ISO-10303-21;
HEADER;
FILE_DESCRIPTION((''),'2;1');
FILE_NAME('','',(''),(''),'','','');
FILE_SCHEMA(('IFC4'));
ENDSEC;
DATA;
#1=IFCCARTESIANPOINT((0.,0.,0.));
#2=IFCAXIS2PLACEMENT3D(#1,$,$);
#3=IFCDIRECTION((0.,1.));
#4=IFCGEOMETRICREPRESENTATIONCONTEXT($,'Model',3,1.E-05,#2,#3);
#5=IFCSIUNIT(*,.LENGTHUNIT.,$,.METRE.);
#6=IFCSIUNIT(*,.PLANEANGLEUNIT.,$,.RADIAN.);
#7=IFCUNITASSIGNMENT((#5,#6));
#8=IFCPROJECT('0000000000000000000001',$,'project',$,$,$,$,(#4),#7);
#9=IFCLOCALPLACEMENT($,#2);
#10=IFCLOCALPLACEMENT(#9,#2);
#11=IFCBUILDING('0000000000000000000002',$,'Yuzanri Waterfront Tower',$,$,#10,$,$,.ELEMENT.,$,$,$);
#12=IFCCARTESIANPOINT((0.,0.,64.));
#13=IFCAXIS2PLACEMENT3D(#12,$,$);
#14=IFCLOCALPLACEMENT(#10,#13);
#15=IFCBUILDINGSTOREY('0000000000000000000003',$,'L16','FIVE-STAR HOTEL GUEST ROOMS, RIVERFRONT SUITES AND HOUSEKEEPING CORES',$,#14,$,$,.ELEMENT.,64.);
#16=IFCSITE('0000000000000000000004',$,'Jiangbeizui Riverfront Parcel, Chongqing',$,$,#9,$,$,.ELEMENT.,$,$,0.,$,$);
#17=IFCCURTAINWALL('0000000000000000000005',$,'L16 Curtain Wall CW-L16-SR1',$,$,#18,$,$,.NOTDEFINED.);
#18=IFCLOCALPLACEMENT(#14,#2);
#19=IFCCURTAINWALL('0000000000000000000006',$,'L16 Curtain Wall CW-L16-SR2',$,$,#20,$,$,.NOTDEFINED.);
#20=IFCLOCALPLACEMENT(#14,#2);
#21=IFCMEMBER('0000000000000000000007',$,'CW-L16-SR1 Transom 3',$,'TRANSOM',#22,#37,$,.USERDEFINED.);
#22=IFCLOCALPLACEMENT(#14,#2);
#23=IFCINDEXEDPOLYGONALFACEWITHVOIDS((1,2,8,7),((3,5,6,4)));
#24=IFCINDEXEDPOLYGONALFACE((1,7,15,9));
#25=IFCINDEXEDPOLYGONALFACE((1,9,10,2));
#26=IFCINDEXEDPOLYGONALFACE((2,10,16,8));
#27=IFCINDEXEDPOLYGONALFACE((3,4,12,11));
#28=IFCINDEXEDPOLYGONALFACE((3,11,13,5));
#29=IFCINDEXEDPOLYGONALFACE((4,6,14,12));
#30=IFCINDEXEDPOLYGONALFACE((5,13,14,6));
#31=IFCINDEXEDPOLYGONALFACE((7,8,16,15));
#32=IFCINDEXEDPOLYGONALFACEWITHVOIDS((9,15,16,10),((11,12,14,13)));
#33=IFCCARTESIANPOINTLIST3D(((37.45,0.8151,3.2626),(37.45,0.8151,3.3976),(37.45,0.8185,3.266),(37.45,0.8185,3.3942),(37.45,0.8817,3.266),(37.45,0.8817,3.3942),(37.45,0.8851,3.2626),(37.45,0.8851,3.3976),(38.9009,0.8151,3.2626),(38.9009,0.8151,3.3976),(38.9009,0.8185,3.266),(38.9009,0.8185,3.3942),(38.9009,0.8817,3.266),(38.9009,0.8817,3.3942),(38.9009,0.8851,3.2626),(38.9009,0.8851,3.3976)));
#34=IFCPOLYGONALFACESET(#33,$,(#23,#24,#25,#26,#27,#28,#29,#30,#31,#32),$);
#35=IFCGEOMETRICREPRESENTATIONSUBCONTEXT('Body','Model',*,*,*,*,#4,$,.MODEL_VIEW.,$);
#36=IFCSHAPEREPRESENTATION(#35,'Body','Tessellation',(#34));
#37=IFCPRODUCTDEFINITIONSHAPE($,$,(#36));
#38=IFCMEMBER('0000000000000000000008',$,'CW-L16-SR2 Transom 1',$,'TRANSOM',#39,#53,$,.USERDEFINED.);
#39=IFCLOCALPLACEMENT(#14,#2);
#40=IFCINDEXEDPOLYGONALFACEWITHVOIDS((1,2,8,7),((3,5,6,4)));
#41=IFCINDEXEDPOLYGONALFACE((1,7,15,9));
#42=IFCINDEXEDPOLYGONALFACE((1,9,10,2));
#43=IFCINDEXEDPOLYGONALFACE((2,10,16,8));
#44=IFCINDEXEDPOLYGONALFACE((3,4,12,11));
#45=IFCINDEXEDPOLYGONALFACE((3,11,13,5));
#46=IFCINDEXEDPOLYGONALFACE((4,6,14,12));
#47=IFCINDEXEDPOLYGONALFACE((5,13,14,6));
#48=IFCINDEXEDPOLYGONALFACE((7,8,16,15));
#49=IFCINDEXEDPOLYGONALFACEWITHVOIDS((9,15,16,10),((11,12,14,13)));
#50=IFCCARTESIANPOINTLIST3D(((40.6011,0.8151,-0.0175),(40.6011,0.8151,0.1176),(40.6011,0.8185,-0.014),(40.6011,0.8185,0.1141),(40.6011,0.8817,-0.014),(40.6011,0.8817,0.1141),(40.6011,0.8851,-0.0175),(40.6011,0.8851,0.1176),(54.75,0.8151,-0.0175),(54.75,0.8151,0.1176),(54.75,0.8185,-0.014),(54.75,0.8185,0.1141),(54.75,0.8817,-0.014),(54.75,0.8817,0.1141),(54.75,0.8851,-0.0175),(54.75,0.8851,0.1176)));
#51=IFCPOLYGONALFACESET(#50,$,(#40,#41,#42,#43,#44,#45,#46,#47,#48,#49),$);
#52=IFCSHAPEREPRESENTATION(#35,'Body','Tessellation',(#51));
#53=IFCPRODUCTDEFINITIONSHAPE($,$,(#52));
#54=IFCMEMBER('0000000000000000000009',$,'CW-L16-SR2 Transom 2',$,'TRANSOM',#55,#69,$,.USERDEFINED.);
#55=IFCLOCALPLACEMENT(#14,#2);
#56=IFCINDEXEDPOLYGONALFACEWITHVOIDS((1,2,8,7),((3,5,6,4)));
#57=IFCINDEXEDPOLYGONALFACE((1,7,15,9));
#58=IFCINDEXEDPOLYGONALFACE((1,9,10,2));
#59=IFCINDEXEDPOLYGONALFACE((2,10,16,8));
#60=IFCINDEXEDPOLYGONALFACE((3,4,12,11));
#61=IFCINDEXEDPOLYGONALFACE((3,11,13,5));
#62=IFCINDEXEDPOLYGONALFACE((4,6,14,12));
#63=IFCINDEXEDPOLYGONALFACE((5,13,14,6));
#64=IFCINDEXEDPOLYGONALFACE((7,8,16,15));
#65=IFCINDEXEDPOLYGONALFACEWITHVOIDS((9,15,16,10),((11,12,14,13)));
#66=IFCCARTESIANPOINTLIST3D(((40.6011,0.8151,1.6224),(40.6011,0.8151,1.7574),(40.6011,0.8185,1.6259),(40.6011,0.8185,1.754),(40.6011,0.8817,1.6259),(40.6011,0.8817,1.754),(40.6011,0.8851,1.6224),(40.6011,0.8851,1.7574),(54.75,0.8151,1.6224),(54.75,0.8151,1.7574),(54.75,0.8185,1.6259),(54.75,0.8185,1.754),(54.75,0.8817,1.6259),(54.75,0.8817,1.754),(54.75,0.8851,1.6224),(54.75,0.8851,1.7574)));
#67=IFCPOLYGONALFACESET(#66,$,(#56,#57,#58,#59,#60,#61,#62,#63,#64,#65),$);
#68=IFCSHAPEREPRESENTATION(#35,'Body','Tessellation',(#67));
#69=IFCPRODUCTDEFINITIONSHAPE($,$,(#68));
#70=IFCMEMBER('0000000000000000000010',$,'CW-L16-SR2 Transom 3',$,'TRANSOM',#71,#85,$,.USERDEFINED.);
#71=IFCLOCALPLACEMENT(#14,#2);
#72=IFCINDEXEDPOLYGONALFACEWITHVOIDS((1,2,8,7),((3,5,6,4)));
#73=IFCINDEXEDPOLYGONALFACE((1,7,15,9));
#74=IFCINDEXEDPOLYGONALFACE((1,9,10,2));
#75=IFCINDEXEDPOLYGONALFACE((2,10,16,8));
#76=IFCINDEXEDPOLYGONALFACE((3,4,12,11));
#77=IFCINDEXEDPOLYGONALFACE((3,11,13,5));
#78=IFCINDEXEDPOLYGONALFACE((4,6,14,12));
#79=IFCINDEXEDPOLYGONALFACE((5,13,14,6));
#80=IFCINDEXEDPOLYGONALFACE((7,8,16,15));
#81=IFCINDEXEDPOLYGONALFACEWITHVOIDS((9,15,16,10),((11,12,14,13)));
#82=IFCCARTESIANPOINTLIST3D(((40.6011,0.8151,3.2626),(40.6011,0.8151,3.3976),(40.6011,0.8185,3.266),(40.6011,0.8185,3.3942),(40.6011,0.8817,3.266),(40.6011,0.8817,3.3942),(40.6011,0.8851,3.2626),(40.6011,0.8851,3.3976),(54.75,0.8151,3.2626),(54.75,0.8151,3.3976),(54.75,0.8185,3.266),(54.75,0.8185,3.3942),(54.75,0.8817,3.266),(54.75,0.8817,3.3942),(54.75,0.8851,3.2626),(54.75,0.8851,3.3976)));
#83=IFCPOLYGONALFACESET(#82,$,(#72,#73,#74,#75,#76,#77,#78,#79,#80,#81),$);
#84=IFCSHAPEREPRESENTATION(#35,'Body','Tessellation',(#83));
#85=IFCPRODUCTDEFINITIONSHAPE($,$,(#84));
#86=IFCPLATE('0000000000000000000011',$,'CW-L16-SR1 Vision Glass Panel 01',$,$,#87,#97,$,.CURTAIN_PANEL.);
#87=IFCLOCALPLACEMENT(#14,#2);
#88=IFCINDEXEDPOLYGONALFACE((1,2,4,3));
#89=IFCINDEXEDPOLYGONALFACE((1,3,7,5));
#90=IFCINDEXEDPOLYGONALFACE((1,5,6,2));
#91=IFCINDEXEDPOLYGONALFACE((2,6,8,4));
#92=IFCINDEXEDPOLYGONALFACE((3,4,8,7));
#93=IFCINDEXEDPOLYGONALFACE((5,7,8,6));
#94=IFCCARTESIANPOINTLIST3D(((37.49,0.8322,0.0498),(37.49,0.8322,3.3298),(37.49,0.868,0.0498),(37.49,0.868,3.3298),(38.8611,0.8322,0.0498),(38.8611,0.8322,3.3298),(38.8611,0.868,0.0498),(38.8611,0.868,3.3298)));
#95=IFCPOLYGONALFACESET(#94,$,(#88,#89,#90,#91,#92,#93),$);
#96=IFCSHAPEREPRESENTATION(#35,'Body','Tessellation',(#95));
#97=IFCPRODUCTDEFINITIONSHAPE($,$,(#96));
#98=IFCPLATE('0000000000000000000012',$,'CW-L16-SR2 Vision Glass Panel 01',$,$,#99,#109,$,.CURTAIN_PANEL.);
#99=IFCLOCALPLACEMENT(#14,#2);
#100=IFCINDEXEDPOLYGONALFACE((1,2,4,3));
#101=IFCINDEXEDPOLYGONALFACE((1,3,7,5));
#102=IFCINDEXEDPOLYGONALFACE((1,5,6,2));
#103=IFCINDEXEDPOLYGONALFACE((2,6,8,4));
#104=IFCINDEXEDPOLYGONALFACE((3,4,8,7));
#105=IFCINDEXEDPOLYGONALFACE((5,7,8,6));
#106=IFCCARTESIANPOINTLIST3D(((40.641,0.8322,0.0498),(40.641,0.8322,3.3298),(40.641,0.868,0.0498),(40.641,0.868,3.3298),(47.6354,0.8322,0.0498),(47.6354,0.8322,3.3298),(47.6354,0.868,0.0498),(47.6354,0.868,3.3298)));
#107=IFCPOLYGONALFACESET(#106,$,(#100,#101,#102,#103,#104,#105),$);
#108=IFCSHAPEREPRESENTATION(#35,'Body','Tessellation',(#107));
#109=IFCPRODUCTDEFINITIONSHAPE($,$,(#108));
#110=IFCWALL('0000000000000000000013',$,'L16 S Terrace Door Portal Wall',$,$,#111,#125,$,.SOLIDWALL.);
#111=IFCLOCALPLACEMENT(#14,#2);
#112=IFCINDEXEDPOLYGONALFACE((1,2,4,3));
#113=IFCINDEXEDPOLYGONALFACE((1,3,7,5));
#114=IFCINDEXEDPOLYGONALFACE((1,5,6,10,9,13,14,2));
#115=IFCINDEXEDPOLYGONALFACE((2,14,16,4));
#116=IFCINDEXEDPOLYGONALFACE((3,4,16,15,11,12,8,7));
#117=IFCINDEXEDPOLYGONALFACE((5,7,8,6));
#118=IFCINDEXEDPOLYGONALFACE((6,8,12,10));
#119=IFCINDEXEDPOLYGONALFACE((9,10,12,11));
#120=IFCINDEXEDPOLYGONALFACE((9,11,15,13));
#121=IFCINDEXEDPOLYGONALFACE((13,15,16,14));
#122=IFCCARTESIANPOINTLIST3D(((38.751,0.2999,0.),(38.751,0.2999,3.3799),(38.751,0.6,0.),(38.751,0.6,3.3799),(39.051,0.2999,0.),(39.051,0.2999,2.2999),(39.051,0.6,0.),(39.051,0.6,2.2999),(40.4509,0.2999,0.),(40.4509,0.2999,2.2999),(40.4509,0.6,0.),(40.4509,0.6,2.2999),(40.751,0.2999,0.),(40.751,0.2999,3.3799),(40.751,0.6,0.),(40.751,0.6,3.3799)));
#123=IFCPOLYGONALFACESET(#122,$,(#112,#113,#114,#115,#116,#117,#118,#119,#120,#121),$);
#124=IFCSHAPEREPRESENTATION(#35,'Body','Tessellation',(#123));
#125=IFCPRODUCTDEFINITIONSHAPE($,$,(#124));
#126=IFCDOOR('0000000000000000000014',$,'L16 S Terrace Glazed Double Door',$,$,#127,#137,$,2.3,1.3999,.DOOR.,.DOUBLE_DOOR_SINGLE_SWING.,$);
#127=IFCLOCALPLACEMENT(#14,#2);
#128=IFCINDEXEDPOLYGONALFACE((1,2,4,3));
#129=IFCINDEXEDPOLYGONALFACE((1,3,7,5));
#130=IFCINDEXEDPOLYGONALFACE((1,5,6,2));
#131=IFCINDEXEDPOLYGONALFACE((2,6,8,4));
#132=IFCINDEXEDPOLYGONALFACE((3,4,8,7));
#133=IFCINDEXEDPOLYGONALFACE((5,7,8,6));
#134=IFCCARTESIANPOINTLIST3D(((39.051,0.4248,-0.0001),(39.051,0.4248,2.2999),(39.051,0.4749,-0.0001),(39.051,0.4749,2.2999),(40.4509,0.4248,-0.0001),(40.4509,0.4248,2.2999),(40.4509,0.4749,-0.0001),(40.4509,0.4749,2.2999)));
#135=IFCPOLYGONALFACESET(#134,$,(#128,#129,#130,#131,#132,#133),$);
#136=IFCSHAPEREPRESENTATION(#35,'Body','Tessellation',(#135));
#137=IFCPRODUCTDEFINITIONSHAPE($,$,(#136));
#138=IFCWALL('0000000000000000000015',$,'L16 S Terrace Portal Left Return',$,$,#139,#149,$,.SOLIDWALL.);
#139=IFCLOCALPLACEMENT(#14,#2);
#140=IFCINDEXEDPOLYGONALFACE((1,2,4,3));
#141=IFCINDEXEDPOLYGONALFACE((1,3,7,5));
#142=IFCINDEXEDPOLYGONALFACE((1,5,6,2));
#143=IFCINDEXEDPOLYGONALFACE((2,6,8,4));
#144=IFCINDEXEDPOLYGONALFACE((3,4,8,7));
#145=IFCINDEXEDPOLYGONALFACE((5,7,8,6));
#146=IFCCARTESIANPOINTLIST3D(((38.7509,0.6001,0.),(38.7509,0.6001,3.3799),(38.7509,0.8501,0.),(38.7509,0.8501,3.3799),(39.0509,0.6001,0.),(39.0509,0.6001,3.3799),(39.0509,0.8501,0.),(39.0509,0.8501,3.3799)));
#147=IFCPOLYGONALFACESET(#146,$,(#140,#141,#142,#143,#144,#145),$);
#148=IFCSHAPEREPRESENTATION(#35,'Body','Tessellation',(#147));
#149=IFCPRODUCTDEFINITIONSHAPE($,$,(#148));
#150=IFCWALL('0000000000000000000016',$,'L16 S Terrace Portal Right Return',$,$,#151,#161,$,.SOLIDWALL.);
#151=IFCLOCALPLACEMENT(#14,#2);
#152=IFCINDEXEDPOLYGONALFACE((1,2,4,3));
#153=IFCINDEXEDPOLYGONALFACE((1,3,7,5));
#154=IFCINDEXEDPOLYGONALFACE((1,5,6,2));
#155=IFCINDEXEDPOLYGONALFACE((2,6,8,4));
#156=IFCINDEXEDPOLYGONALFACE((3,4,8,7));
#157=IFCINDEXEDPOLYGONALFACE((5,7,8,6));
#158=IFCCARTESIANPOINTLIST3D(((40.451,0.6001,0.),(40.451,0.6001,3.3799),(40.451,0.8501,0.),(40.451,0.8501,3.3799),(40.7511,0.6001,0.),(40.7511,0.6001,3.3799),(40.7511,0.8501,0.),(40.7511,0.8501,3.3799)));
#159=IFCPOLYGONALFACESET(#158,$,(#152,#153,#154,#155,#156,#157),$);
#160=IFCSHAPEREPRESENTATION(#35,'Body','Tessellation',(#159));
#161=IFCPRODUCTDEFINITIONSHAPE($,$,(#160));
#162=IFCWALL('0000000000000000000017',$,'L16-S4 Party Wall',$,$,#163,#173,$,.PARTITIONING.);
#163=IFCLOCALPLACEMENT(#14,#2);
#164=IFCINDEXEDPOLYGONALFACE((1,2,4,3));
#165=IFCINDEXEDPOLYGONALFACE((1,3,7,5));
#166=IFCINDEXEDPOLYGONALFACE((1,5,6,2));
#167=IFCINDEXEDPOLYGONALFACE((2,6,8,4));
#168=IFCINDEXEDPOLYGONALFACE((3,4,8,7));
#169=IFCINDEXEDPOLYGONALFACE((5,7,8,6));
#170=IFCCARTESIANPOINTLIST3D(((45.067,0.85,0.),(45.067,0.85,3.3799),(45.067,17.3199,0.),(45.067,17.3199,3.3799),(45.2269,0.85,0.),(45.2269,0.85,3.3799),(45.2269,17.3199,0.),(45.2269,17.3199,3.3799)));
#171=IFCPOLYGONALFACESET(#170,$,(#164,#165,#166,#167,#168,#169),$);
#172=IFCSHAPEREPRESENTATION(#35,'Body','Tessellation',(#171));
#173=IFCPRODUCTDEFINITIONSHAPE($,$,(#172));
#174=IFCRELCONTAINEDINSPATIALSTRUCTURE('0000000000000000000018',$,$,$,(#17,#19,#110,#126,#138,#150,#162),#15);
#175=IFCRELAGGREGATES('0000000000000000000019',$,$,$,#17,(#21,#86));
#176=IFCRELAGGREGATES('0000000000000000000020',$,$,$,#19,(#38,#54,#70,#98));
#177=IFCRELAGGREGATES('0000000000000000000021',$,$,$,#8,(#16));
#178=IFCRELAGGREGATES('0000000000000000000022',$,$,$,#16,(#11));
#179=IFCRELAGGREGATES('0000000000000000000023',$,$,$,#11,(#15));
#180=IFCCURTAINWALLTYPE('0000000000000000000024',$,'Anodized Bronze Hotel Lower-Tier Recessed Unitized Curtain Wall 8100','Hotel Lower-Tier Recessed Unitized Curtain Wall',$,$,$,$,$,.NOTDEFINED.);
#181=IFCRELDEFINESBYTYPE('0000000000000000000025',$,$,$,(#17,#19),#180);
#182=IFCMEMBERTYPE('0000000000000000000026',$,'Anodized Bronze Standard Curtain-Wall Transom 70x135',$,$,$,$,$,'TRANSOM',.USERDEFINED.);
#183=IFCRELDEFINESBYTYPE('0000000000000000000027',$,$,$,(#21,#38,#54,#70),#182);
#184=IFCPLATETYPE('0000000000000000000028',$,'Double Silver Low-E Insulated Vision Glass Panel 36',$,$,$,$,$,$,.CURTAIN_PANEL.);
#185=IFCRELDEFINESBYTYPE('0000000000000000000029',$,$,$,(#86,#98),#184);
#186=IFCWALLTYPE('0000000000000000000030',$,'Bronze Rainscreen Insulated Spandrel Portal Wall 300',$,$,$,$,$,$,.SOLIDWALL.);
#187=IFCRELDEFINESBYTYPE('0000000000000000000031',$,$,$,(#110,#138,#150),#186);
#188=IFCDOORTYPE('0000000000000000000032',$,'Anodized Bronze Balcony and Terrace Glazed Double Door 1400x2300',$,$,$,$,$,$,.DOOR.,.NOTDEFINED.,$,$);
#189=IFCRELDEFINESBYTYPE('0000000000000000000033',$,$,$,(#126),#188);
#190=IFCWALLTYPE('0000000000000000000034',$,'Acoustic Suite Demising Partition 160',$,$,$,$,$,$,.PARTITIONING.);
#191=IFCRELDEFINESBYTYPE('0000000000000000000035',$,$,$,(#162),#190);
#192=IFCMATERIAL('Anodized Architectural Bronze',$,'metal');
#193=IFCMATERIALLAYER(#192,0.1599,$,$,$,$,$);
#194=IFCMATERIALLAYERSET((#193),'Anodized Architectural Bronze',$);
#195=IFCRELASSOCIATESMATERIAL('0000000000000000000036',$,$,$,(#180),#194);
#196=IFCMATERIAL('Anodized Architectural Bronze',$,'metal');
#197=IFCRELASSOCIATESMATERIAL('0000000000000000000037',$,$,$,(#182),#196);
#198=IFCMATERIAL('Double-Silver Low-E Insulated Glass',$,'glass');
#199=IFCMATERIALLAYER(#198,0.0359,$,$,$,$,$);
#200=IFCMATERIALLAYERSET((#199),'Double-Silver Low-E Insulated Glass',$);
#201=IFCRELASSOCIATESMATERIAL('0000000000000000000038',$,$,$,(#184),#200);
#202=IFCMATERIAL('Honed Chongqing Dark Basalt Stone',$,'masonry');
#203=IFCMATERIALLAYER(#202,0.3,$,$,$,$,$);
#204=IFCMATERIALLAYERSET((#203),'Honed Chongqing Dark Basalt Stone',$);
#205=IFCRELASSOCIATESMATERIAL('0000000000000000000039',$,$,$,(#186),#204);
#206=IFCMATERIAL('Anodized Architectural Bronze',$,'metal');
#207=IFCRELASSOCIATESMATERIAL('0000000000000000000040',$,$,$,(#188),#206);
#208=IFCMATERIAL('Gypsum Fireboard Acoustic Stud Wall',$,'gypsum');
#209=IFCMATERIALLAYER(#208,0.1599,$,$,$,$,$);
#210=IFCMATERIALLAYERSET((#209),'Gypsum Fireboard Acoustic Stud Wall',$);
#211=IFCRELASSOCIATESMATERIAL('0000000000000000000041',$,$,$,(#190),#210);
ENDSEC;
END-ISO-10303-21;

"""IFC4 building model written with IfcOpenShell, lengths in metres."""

from ifc_helpers import new_model, si_unit, direction, frame, frame_2d, origin, origin_2d, place, context, subcontext, project, spatial, rectangle, hollow_rectangle, extrude, source, transform, mapped, material, layer, layer_set, material_profile, profile_set, type_object, element, fill, aggregate, save


model = new_model("IFC4")

# Units and contexts
model_context = context("Model", 3, precision=1e-05, world=origin(), true_north=direction((0.0, 1.0)))
body_context = subcontext(model_context, "Body", "Model", "MODEL_VIEW")
ifc_project = project(units=[si_unit("LENGTHUNIT", "METRE"), si_unit("PLANEANGLEUNIT", "RADIAN")], contexts=[model_context])

# Site, building, storey
site_placement = place(None, origin())
site = spatial("IfcSite", under=ifc_project, at=site_placement, Name="Jiangbeizui Riverfront Parcel, Chongqing", CompositionType="ELEMENT", RefElevation=0.0)
building_placement = place(site_placement, origin())
building = spatial("IfcBuilding", under=site, at=building_placement, Name="Yuzanri Waterfront Tower", CompositionType="ELEMENT")
storey_placement = place(building_placement, frame((0.0, 0.0, 64.0)))
storey = spatial("IfcBuildingStorey", under=building, at=storey_placement, Name="L16", Description="FIVE-STAR HOTEL GUEST ROOMS, RIVERFRONT SUITES AND HOUSEKEEPING CORES", CompositionType="ELEMENT", Elevation=64.0)

# Curtain walls
ifc_material_1 = material(Name="Anodized Architectural Bronze", Category="metal")
ifc_layer_1 = layer(ifc_material_1, 0.1599)
ifc_layer_set_1 = layer_set([ifc_layer_1], Name="Anodized Architectural Bronze")
curtain_wall_type = type_object("IfcCurtainWallType", Name="Anodized Bronze Hotel Lower-Tier Recessed Unitized Curtain Wall 8100", Description="Hotel Lower-Tier Recessed Unitized Curtain Wall", PredefinedType="NOTDEFINED", material=ifc_layer_set_1)
curtain_wall_1_placement = place(storey_placement, origin())
curtain_wall_1 = element("IfcCurtainWall", 1, at=curtain_wall_1_placement, inside=storey, type_object=curtain_wall_type, Name="L16 Curtain Wall CW-L16-SR1", PredefinedType="NOTDEFINED")
curtain_wall_2_placement = place(storey_placement, origin())
curtain_wall_2 = element("IfcCurtainWall", 2, at=curtain_wall_2_placement, inside=storey, type_object=curtain_wall_type, Name="L16 Curtain Wall CW-L16-SR2", PredefinedType="NOTDEFINED")

# Members
ifc_material_2 = material(Name="Anodized Architectural Bronze", Category="metal")
ifc_material_profile_1 = material_profile(ifc_material_2, hollow_rectangle(XDim=0.0701, YDim=0.135, WallThickness=0.0034, at=origin_2d()), Name="CWT 70x135")
ifc_profile_set_1 = profile_set([ifc_material_profile_1], Name="Anodized Architectural Bronze")
member_type_1 = type_object("IfcMemberType", Name="Anodized Bronze Standard Curtain-Wall Transom 70x135", ElementType="TRANSOM", PredefinedType="USERDEFINED", material=ifc_profile_set_1)
shared_shape_1 = source(origin(), body_context, "Body", "SweptSolid", [
    extrude(hollow_rectangle(XDim=0.0701, YDim=0.135, WallThickness=0.0034, at=origin_2d()), origin(), (0.0, 0.0, 1.0), 1.4509),
])
member_1_placement = place(storey_placement, frame((37.45, 0.8501, 3.3301), z_axis=(1.0, 0.0, 0.0), x_axis=(0.0, 1.0, 0.0)))
member_1 = element("IfcMember", 3, at=member_1_placement, type_object=member_type_1, Name="CW-L16-SR1 Transom 3", ObjectType="TRANSOM", PredefinedType="USERDEFINED", context=body_context, shape_type="MappedRepresentation", body=[
    mapped(shared_shape_1, transform((0.0, 0.0, 0.0), scale=1.0)),
])
shared_shape_2 = source(origin(), body_context, "Body", "SweptSolid", [
    extrude(hollow_rectangle(XDim=0.0701, YDim=0.135, WallThickness=0.0034, at=origin_2d()), origin(), (0.0, 0.0, 1.0), 14.1489),
])
member_2_placement = place(storey_placement, frame((40.6011, 0.8501, 0.05), z_axis=(1.0, 0.0, 0.0), x_axis=(0.0, 1.0, 0.0)))
member_2 = element("IfcMember", 4, at=member_2_placement, type_object=member_type_1, Name="CW-L16-SR2 Transom 1", ObjectType="TRANSOM", PredefinedType="USERDEFINED", context=body_context, shape_type="MappedRepresentation", body=[
    mapped(shared_shape_2, transform((0.0, 0.0, 0.0), scale=1.0)),
])
member_3_placement = place(storey_placement, frame((40.6011, 0.8501, 1.6899), z_axis=(1.0, 0.0, 0.0), x_axis=(0.0, 1.0, 0.0)))
member_3 = element("IfcMember", 5, at=member_3_placement, type_object=member_type_1, Name="CW-L16-SR2 Transom 2", ObjectType="TRANSOM", PredefinedType="USERDEFINED", context=body_context, shape_type="MappedRepresentation", body=[
    mapped(shared_shape_2, transform((0.0, 0.0, 0.0), scale=1.0)),
])
member_4_placement = place(storey_placement, frame((40.6011, 0.8501, 3.3301), z_axis=(1.0, 0.0, 0.0), x_axis=(0.0, 1.0, 0.0)))
member_4 = element("IfcMember", 6, at=member_4_placement, type_object=member_type_1, Name="CW-L16-SR2 Transom 3", ObjectType="TRANSOM", PredefinedType="USERDEFINED", context=body_context, shape_type="MappedRepresentation", body=[
    mapped(shared_shape_2, transform((0.0, 0.0, 0.0), scale=1.0)),
])

# Plates
ifc_material_3 = material(Name="Double-Silver Low-E Insulated Glass", Category="glass")
ifc_layer_2 = layer(ifc_material_3, 0.0359)
ifc_layer_set_2 = layer_set([ifc_layer_2], Name="Double-Silver Low-E Insulated Glass")
plate_type = type_object("IfcPlateType", Name="Double Silver Low-E Insulated Vision Glass Panel 36", PredefinedType="CURTAIN_PANEL", material=ifc_layer_set_2)
shared_shape_3 = source(origin(), body_context, "Body", "SweptSolid", [
    extrude(rectangle(XDim=1.3711, YDim=0.0359, at=origin_2d()), origin(), (0.0, 0.0, 1.0), 3.28),
])
plate_1_placement = place(storey_placement, frame((38.1755, 0.8501, 0.0498), z_axis=(0.0, 0.0, 1.0), x_axis=(1.0, 0.0, 0.0)))
plate_1 = element("IfcPlate", 7, at=plate_1_placement, type_object=plate_type, Name="CW-L16-SR1 Vision Glass Panel 01", PredefinedType="CURTAIN_PANEL", context=body_context, shape_type="MappedRepresentation", body=[
    mapped(shared_shape_3, transform((0.0, 0.0, 0.0), scale=1.0)),
])
aggregate(curtain_wall_1, [member_1, plate_1])
shared_shape_4 = source(origin(), body_context, "Body", "SweptSolid", [
    extrude(rectangle(XDim=6.9944, YDim=0.0359, at=origin_2d()), origin(), (0.0, 0.0, 1.0), 3.28),
])
plate_2_placement = place(storey_placement, frame((44.1382, 0.8501, 0.0498), z_axis=(0.0, 0.0, 1.0), x_axis=(1.0, 0.0, 0.0)))
plate_2 = element("IfcPlate", 8, at=plate_2_placement, type_object=plate_type, Name="CW-L16-SR2 Vision Glass Panel 01", PredefinedType="CURTAIN_PANEL", context=body_context, shape_type="MappedRepresentation", body=[
    mapped(shared_shape_4, transform((0.0, 0.0, 0.0), scale=1.0)),
])
aggregate(curtain_wall_2, [member_2, member_3, member_4, plate_2])

# Wall, opening, door
ifc_material_4 = material(Name="Honed Chongqing Dark Basalt Stone", Category="masonry")
ifc_layer_3 = layer(ifc_material_4, 0.3)
ifc_layer_set_3 = layer_set([ifc_layer_3], Name="Honed Chongqing Dark Basalt Stone")
wall_type_1 = type_object("IfcWallType", Name="Bronze Rainscreen Insulated Spandrel Portal Wall 300", PredefinedType="SOLIDWALL", material=ifc_layer_set_3)
wall_1_placement = place(storey_placement, frame((38.751, 0.45, 0.0), z_axis=(0.0, 0.0, 1.0), x_axis=(1.0, 0.0, 0.0)))
wall_1 = element("IfcWall", 9, at=wall_1_placement, inside=storey, type_object=wall_type_1, Name="L16 S Terrace Door Portal Wall", PredefinedType="SOLIDWALL", context=body_context, shape_type="SweptSolid", body=[
    extrude(rectangle(XDim=2.0, YDim=0.3, at=frame_2d((1.0, 0.0))), origin(), (0.0, 0.0, 1.0), 3.3799),
])
opening_placement = place(wall_1_placement, frame((0.3, 0.0, 0.0)))
opening = element("IfcOpeningElement", 10, at=opening_placement, cuts=wall_1, PredefinedType="OPENING", context=body_context, shape_type="SweptSolid", body=[
    extrude(rectangle(XDim=1.3999, YDim=2.3, at=frame_2d((0.7, 1.1499))), frame((0.0, 0.165, 0.0), z_axis=(0.0, -1.0, 0.0), x_axis=(1.0, 0.0, 0.0)), (0.0, 0.0, 1.0), 0.3298),
])
ifc_material_5 = material(Name="Anodized Architectural Bronze", Category="metal")
door_type = type_object("IfcDoorType", Name="Anodized Bronze Balcony and Terrace Glazed Double Door 1400x2300", OperationType="NOTDEFINED", PredefinedType="DOOR", material=ifc_material_5)
shared_shape_5 = source(origin(), body_context, "Body", "SweptSolid", [
    extrude(rectangle(XDim=1.3999, YDim=2.3, at=frame_2d((0.7, 1.1499))), frame((0.0, 0.0249, 0.0), z_axis=(0.0, -1.0, 0.0), x_axis=(1.0, 0.0, 0.0)), (0.0, 0.0, 1.0), 0.05),
])
door_placement = place(opening_placement, origin())
door = element("IfcDoor", 11, at=door_placement, inside=storey, type_object=door_type, Name="L16 S Terrace Glazed Double Door", OperationType="DOUBLE_DOOR_SINGLE_SWING", OverallHeight=2.3, OverallWidth=1.3999, PredefinedType="DOOR", context=body_context, shape_type="MappedRepresentation", body=[
    mapped(shared_shape_5, transform((0.0, 0.0, 0.0), scale=1.0)),
])
fill(opening, door)

# Walls
shared_shape_6 = source(origin(), body_context, "Body", "SweptSolid", [
    extrude(rectangle(XDim=0.25, YDim=0.3, at=frame_2d((0.125, 0.0))), origin(), (0.0, 0.0, 1.0), 3.3799),
])
for number, where, z_axis, x_axis, name in (
    (12, (38.9009, 0.8501, 0.0), (0.0, 0.0, 1.0), (0.0, -1.0, 0.0), "L16 S Terrace Portal Left Return"),
    (13, (40.6011, 0.6001, 0.0), (0.0, 0.0, 1.0), (0.0, 1.0, 0.0), "L16 S Terrace Portal Right Return"),
):
    element("IfcWall", number, at=place(storey_placement, frame(where, z_axis=z_axis, x_axis=x_axis)), inside=storey, type_object=wall_type_1, Name=name, PredefinedType="SOLIDWALL", context=body_context, shape_type="MappedRepresentation", body=[
        mapped(shared_shape_6, transform((0.0, 0.0, 0.0), scale=1.0)),
    ])
ifc_material_6 = material(Name="Gypsum Fireboard Acoustic Stud Wall", Category="gypsum")
ifc_layer_4 = layer(ifc_material_6, 0.1599)
ifc_layer_set_4 = layer_set([ifc_layer_4], Name="Gypsum Fireboard Acoustic Stud Wall")
wall_type_2 = type_object("IfcWallType", Name="Acoustic Suite Demising Partition 160", PredefinedType="PARTITIONING", material=ifc_layer_set_4)
shared_shape_7 = source(origin(), body_context, "Body", "SweptSolid", [
    extrude(rectangle(XDim=16.47, YDim=0.1599, at=frame_2d((8.2349, 0.0))), origin(), (0.0, 0.0, 1.0), 3.3799),
])
wall_2_placement = place(storey_placement, frame((45.147, 0.8501, 0.0), z_axis=(0.0, 0.0, 1.0), x_axis=(0.0, 1.0, 0.0)))
element("IfcWall", 14, at=wall_2_placement, inside=storey, type_object=wall_type_2, Name="L16-S4 Party Wall", PredefinedType="PARTITIONING", context=body_context, shape_type="MappedRepresentation", body=[
    mapped(shared_shape_7, transform((0.0, 0.0, 0.0), scale=1.0)),
])

save(model, "model.ifc")
